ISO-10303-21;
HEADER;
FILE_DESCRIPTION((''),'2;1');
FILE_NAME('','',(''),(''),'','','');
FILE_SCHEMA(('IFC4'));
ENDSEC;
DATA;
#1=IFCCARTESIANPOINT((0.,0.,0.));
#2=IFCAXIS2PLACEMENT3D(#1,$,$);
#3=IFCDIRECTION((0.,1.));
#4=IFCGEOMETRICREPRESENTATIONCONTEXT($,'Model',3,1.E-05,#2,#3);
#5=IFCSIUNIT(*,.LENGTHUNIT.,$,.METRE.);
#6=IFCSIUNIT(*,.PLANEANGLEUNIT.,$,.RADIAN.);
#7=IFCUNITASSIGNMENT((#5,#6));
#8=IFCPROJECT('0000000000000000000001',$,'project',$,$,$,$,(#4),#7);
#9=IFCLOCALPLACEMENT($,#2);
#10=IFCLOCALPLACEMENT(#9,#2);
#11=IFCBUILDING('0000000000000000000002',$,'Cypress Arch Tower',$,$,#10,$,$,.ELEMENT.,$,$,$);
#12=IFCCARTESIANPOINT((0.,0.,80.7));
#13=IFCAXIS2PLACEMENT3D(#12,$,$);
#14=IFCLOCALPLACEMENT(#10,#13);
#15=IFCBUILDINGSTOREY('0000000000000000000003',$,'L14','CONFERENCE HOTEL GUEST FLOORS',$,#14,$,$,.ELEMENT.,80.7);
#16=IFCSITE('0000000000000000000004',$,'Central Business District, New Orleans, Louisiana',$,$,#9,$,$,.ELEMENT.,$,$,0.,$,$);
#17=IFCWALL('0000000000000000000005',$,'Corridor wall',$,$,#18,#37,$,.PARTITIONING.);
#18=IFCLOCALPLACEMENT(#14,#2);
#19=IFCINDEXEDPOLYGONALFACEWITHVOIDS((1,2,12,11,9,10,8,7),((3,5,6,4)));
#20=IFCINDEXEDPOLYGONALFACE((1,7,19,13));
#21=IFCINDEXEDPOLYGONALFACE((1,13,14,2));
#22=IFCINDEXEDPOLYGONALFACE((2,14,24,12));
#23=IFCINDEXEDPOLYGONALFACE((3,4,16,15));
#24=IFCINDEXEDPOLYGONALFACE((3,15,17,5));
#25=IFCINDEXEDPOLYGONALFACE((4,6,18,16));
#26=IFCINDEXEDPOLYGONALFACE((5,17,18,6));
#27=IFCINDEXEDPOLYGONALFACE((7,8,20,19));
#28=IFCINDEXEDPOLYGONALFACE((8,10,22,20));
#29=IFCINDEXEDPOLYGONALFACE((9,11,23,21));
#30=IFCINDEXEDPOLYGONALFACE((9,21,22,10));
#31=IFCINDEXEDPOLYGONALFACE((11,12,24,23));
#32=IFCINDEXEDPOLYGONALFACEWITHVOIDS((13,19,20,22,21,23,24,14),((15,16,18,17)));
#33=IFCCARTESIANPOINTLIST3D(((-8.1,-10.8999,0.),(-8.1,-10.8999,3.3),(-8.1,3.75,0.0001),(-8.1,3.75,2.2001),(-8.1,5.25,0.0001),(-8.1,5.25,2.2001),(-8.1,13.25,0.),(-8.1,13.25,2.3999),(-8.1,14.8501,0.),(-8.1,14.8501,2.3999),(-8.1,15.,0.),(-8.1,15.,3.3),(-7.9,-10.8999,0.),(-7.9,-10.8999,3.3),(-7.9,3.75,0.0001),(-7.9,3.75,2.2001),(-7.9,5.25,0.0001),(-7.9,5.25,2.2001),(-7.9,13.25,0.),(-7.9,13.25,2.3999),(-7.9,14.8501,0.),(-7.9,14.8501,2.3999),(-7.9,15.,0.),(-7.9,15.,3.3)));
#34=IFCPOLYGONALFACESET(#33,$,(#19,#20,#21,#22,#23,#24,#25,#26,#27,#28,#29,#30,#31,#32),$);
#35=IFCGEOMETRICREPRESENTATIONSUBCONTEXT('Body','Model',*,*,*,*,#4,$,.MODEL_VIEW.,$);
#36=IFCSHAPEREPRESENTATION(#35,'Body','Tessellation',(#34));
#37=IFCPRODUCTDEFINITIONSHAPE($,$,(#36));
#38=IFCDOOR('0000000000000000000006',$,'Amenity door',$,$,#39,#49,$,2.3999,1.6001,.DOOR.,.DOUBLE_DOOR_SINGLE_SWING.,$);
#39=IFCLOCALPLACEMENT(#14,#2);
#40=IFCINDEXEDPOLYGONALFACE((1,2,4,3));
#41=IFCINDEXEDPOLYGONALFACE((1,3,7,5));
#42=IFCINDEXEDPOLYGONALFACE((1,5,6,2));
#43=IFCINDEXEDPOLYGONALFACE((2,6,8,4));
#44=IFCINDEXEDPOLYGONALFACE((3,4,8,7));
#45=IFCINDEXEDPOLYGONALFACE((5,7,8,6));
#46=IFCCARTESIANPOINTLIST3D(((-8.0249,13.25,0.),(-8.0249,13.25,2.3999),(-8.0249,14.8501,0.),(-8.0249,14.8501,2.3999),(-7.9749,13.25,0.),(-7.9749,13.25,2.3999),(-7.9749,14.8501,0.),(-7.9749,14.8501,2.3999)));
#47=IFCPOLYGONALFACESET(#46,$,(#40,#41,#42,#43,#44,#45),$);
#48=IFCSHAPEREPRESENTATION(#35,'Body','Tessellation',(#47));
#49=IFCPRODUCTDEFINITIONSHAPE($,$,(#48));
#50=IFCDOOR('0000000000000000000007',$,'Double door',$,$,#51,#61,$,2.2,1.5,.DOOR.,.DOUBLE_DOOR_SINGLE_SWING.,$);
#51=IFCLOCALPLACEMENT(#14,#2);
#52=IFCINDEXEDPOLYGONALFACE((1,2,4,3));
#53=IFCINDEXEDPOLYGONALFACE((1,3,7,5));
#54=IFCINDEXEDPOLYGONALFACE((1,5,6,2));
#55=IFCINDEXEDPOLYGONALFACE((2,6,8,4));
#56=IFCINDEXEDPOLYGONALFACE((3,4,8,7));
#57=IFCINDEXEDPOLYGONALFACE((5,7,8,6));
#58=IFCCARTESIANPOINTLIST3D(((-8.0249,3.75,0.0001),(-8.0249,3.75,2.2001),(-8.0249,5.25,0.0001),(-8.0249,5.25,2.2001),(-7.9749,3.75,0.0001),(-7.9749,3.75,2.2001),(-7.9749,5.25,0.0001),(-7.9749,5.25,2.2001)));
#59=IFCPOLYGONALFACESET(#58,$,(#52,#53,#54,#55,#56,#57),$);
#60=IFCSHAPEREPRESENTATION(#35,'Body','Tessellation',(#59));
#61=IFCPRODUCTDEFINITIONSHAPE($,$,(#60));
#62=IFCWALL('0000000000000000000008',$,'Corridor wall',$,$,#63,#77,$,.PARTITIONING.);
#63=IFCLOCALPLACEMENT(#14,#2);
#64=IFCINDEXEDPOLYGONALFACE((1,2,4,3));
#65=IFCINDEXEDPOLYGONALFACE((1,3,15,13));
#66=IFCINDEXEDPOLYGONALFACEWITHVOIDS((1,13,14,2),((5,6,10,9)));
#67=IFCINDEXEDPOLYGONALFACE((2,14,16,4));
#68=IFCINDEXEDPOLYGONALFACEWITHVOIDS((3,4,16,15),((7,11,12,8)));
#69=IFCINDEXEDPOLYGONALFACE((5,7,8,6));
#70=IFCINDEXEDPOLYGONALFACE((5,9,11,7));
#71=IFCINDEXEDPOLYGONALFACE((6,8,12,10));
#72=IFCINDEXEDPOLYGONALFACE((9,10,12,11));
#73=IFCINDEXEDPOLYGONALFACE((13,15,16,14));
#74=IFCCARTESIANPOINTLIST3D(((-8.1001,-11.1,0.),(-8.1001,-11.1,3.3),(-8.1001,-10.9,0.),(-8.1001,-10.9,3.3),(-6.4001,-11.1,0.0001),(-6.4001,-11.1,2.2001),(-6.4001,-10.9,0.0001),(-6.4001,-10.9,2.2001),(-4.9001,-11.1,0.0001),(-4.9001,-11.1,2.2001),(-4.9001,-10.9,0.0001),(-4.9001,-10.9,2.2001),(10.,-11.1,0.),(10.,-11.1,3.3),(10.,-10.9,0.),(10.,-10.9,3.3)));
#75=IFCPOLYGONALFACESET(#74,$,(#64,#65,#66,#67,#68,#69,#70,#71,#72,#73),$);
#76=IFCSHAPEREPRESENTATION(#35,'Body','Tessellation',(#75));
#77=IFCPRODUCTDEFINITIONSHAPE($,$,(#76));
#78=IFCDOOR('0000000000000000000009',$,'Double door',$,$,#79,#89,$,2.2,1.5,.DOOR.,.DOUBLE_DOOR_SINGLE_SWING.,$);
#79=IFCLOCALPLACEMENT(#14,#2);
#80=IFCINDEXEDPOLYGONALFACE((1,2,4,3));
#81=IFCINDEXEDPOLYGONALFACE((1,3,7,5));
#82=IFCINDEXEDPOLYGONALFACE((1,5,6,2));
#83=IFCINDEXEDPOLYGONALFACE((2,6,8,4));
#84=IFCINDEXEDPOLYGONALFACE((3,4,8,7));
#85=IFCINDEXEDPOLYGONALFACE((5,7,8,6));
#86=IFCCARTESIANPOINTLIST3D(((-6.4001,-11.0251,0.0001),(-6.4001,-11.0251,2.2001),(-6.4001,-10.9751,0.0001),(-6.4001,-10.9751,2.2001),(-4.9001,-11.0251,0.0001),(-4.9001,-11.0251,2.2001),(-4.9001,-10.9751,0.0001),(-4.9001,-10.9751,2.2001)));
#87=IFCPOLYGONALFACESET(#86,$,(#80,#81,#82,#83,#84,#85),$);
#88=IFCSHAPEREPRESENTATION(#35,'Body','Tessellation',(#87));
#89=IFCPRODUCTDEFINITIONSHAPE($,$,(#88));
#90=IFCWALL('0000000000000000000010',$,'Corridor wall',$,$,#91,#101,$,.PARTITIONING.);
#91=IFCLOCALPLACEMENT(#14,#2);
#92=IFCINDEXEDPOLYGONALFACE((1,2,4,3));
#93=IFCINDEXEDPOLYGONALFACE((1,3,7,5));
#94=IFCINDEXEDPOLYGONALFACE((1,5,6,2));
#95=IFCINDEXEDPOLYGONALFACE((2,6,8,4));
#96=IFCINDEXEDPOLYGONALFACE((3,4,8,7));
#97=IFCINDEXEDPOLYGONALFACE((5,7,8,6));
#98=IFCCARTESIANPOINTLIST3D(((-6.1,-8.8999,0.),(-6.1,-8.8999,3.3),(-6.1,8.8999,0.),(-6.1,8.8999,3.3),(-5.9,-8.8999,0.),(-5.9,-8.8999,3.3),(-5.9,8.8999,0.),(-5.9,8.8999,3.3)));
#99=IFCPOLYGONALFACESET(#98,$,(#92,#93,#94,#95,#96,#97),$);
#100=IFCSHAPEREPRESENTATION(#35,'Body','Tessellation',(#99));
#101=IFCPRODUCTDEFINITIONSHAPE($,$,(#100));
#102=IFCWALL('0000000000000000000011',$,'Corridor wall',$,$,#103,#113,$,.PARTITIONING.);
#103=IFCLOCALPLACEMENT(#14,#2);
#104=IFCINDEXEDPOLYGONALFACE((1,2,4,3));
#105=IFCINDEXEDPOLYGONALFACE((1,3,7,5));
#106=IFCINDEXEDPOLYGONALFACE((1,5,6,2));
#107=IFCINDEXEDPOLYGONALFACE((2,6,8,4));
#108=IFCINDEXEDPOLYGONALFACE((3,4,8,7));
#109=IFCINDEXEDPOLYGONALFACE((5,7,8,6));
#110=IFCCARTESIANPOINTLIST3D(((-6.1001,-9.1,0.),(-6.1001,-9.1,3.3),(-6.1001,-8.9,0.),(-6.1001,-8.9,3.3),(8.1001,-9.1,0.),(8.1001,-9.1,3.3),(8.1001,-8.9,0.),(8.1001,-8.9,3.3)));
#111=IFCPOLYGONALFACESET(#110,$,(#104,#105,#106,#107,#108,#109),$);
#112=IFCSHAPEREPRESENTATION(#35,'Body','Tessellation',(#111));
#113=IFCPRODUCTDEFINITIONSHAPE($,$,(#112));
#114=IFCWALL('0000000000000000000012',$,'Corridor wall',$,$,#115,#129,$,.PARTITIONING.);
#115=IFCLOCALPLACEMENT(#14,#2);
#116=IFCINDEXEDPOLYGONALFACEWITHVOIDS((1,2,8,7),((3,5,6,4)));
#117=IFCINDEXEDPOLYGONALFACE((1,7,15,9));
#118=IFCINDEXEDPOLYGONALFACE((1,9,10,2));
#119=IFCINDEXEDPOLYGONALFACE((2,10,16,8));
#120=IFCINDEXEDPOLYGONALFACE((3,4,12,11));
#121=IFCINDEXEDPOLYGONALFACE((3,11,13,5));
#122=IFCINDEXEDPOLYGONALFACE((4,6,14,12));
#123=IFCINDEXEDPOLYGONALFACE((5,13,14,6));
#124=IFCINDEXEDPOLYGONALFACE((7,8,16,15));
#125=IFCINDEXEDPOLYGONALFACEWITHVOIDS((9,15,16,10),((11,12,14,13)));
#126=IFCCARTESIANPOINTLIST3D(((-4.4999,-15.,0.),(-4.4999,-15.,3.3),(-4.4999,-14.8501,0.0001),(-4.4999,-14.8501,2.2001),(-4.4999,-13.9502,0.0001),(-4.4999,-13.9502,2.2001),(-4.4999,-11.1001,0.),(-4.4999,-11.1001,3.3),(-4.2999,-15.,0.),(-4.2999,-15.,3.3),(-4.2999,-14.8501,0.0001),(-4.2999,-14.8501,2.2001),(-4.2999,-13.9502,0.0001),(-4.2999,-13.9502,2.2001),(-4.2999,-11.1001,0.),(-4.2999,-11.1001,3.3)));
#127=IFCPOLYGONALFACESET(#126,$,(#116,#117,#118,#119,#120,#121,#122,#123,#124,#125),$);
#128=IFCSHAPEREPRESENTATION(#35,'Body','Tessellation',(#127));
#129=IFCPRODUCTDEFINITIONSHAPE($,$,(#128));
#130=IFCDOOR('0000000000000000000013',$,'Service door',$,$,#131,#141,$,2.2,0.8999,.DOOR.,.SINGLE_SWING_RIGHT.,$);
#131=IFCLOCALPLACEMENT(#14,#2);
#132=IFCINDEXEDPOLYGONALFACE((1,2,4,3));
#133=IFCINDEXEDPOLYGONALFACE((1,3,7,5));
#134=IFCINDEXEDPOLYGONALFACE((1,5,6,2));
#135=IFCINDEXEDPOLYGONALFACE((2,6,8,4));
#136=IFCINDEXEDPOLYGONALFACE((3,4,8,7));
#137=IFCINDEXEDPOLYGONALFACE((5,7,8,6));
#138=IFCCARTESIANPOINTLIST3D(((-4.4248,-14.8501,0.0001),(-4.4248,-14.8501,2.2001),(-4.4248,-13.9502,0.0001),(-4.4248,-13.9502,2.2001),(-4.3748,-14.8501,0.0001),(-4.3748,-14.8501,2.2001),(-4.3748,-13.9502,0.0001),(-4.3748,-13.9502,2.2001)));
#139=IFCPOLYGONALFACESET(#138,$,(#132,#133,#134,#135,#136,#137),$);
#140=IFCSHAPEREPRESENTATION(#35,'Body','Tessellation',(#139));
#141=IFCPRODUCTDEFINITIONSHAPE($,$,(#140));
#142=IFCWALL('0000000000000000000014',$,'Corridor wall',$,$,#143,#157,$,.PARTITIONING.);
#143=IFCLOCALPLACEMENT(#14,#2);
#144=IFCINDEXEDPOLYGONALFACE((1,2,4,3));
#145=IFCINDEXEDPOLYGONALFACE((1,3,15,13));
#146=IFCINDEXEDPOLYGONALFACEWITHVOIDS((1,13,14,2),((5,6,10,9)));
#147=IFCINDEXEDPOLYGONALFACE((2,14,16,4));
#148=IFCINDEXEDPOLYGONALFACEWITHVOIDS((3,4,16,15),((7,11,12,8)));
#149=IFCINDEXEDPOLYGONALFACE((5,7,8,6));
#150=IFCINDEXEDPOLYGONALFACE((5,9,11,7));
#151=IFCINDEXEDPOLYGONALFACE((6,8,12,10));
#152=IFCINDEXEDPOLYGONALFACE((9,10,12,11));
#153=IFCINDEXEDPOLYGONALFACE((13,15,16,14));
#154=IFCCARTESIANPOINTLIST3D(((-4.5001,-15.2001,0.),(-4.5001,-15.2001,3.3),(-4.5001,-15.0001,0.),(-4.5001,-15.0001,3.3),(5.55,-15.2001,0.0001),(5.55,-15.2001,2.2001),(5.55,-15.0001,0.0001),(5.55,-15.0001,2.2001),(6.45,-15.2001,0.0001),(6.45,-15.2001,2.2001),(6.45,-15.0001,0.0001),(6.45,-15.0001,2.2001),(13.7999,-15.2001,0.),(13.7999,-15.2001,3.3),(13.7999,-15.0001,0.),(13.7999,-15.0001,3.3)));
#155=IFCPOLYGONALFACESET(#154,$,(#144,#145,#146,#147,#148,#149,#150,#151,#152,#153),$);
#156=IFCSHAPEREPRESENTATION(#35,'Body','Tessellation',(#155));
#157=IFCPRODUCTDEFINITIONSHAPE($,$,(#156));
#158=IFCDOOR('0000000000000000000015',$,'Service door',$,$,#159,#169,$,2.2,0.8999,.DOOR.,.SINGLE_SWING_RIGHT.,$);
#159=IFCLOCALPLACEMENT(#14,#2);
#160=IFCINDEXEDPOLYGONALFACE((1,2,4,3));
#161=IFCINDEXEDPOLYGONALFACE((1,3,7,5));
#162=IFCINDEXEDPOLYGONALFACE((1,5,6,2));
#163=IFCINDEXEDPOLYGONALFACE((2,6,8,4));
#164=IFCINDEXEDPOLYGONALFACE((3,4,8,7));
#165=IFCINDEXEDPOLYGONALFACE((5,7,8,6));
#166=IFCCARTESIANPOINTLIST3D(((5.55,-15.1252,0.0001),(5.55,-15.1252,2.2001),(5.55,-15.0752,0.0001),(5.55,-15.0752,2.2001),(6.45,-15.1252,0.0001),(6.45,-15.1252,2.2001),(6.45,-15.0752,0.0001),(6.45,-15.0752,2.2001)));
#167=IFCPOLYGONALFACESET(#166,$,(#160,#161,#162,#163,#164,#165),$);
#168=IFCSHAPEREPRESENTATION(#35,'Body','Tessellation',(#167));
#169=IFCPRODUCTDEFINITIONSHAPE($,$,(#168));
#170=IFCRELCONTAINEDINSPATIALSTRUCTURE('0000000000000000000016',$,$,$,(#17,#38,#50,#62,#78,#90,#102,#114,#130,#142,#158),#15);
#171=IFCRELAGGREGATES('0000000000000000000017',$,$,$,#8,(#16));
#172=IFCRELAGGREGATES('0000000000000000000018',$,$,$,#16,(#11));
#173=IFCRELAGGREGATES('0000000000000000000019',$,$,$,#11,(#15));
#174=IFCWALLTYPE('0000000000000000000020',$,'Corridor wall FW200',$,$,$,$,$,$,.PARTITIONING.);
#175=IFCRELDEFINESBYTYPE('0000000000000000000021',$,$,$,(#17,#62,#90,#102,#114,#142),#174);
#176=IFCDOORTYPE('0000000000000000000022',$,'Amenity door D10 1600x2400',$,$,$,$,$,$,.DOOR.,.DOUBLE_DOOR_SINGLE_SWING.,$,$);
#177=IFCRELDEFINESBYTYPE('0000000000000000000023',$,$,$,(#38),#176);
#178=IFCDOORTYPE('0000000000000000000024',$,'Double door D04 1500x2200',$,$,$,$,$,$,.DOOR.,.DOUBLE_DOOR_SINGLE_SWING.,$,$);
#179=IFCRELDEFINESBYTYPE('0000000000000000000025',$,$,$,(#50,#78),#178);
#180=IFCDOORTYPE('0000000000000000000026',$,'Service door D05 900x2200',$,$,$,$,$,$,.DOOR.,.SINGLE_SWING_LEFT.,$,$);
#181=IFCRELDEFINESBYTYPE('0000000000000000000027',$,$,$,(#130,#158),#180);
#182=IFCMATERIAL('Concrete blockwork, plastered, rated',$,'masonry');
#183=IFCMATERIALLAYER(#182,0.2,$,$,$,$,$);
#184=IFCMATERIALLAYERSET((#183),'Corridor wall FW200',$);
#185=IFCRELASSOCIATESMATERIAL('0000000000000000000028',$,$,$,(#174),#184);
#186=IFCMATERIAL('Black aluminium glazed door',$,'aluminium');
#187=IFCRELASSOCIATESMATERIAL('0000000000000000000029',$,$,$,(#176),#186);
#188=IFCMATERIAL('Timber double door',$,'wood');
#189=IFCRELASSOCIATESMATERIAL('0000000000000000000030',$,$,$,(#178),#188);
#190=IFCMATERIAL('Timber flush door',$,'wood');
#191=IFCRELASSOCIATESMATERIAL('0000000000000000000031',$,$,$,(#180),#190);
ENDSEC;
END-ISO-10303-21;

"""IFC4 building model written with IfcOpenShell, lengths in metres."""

from ifc_helpers import new_model, si_unit, direction, frame, frame_2d, origin, place, context, subcontext, project, spatial, rectangle, extrude, material, layer, layer_set, type_object, element, fill, save


model = new_model("IFC4")

# Units and contexts
model_context = context("Model", 3, precision=1e-05, world=origin(), true_north=direction((0.0, 1.0)))
body_context = subcontext(model_context, "Body", "Model", "MODEL_VIEW")
ifc_project = project(units=[si_unit("LENGTHUNIT", "METRE"), si_unit("PLANEANGLEUNIT", "RADIAN")], contexts=[model_context])

# Site, building, storey
site_placement = place(None, origin())
site = spatial("IfcSite", under=ifc_project, at=site_placement, Name="Central Business District, New Orleans, Louisiana", CompositionType="ELEMENT", RefElevation=0.0)
building_placement = place(site_placement, origin())
building = spatial("IfcBuilding", under=site, at=building_placement, Name="Cypress Arch Tower", CompositionType="ELEMENT")
storey_placement = place(building_placement, frame((0.0, 0.0, 80.7)))
storey = spatial("IfcBuildingStorey", under=building, at=storey_placement, Name="L14", Description="CONFERENCE HOTEL GUEST FLOORS", CompositionType="ELEMENT", Elevation=80.7)

# Wall, openings, doors
ifc_material_1 = material(Name="Concrete blockwork, plastered, rated", Category="masonry")
ifc_layer = layer(ifc_material_1, 0.2)
ifc_layer_set = layer_set([ifc_layer], Name="Corridor wall FW200")
wall_type = type_object("IfcWallType", Name="Corridor wall FW200", PredefinedType="PARTITIONING", material=ifc_layer_set)
wall_1_placement = place(storey_placement, frame((-8.0, -10.8999, 0.0), z_axis=(0.0, 0.0, 1.0), x_axis=(0.0, 1.0, 0.0)))
wall_1 = element("IfcWall", 1, at=wall_1_placement, inside=storey, type_object=wall_type, Name="Corridor wall", PredefinedType="PARTITIONING", context=body_context, shape_type="SweptSolid", body=[
    extrude(rectangle(XDim=25.8999, YDim=0.2, at=frame_2d((12.95, 0.0))), origin(), (0.0, 0.0, 1.0), 3.3),
])
opening_1_placement = place(wall_1_placement, frame((14.6499, 0.0, 0.0)))
opening_1 = element("IfcOpeningElement", 2, at=opening_1_placement, cuts=wall_1, PredefinedType="OPENING", context=body_context, shape_type="SweptSolid", body=[
    extrude(rectangle(XDim=1.5, YDim=2.2, at=frame_2d((0.75, 1.1001))), frame((0.0, 0.1099, 0.0), z_axis=(0.0, -1.0, 0.0), x_axis=(1.0, 0.0, 0.0)), (0.0, 0.0, 1.0), 0.22),
])
opening_2_placement = place(wall_1_placement, frame((24.1499, 0.0, 0.0)))
opening_2 = element("IfcOpeningElement", 3, at=opening_2_placement, cuts=wall_1, PredefinedType="OPENING", context=body_context, shape_type="SweptSolid", body=[
    extrude(rectangle(XDim=1.6001, YDim=2.3999, at=frame_2d((0.8, 1.2))), frame((0.0, 0.1099, 0.0), z_axis=(0.0, -1.0, 0.0), x_axis=(1.0, 0.0, 0.0)), (0.0, 0.0, 1.0), 0.22),
])
ifc_material_2 = material(Name="Black aluminium glazed door", Category="aluminium")
door_type_1 = type_object("IfcDoorType", Name="Amenity door D10 1600x2400", OperationType="DOUBLE_DOOR_SINGLE_SWING", PredefinedType="DOOR", material=ifc_material_2)
door_1_placement = place(opening_2_placement, origin())
door_1 = element("IfcDoor", 4, at=door_1_placement, inside=storey, type_object=door_type_1, Name="Amenity door", OperationType="DOUBLE_DOOR_SINGLE_SWING", OverallHeight=2.3999, OverallWidth=1.6001, PredefinedType="DOOR", context=body_context, shape_type="SweptSolid", body=[
    extrude(rectangle(XDim=1.6001, YDim=2.3999, at=frame_2d((0.8, 1.2))), frame((0.0, 0.0249, 0.0), z_axis=(0.0, -1.0, 0.0), x_axis=(1.0, 0.0, 0.0)), (0.0, 0.0, 1.0), 0.05),
])
fill(opening_2, door_1)
ifc_material_3 = material(Name="Timber double door", Category="wood")
door_type_2 = type_object("IfcDoorType", Name="Double door D04 1500x2200", OperationType="DOUBLE_DOOR_SINGLE_SWING", PredefinedType="DOOR", material=ifc_material_3)
door_2_placement = place(opening_1_placement, origin())
door_2 = element("IfcDoor", 5, at=door_2_placement, inside=storey, type_object=door_type_2, Name="Double door", OperationType="DOUBLE_DOOR_SINGLE_SWING", OverallHeight=2.2, OverallWidth=1.5, PredefinedType="DOOR", context=body_context, shape_type="SweptSolid", body=[
    extrude(rectangle(XDim=1.5, YDim=2.2, at=frame_2d((0.75, 1.1001))), frame((0.0, 0.0249, 0.0), z_axis=(0.0, -1.0, 0.0), x_axis=(1.0, 0.0, 0.0)), (0.0, 0.0, 1.0), 0.05),
])
fill(opening_1, door_2)

# Wall, opening, door
wall_2_placement = place(storey_placement, frame((-8.1001, -11.0, 0.0), z_axis=(0.0, 0.0, 1.0), x_axis=(1.0, 0.0, 0.0)))
wall_2 = element("IfcWall", 6, at=wall_2_placement, inside=storey, type_object=wall_type, Name="Corridor wall", PredefinedType="PARTITIONING", context=body_context, shape_type="SweptSolid", body=[
    extrude(rectangle(XDim=18.1001, YDim=0.2, at=frame_2d((9.05, 0.0))), origin(), (0.0, 0.0, 1.0), 3.3),
])
opening_3_placement = place(wall_2_placement, frame((1.7, 0.0, 0.0)))
opening_3 = element("IfcOpeningElement", 7, at=opening_3_placement, cuts=wall_2, PredefinedType="OPENING", context=body_context, shape_type="SweptSolid", body=[
    extrude(rectangle(XDim=1.5, YDim=2.2, at=frame_2d((0.75, 1.1001))), frame((0.0, 0.1099, 0.0), z_axis=(0.0, -1.0, 0.0), x_axis=(1.0, 0.0, 0.0)), (0.0, 0.0, 1.0), 0.22),
])
door_3_placement = place(opening_3_placement, origin())
door_3 = element("IfcDoor", 8, at=door_3_placement, inside=storey, type_object=door_type_2, Name="Double door", OperationType="DOUBLE_DOOR_SINGLE_SWING", OverallHeight=2.2, OverallWidth=1.5, PredefinedType="DOOR", context=body_context, shape_type="SweptSolid", body=[
    extrude(rectangle(XDim=1.5, YDim=2.2, at=frame_2d((0.75, 1.1001))), frame((0.0, 0.0249, 0.0), z_axis=(0.0, -1.0, 0.0), x_axis=(1.0, 0.0, 0.0)), (0.0, 0.0, 1.0), 0.05),
])
fill(opening_3, door_3)

# Walls
wall_3_placement = place(storey_placement, frame((-6.0, -8.8999, 0.0), z_axis=(0.0, 0.0, 1.0), x_axis=(0.0, 1.0, 0.0)))
element("IfcWall", 9, at=wall_3_placement, inside=storey, type_object=wall_type, Name="Corridor wall", PredefinedType="PARTITIONING", context=body_context, shape_type="SweptSolid", body=[
    extrude(rectangle(XDim=17.7998, YDim=0.2, at=frame_2d((8.8999, 0.0))), origin(), (0.0, 0.0, 1.0), 3.3),
])
wall_4_placement = place(storey_placement, frame((-6.1001, -9.0, 0.0), z_axis=(0.0, 0.0, 1.0), x_axis=(1.0, 0.0, 0.0)))
element("IfcWall", 10, at=wall_4_placement, inside=storey, type_object=wall_type, Name="Corridor wall", PredefinedType="PARTITIONING", context=body_context, shape_type="SweptSolid", body=[
    extrude(rectangle(XDim=14.2002, YDim=0.2, at=frame_2d((7.1001, 0.0))), origin(), (0.0, 0.0, 1.0), 3.3),
])

# Walls, openings, doors
wall_5_placement = place(storey_placement, frame((-4.3999, -15.0, 0.0), z_axis=(0.0, 0.0, 1.0), x_axis=(0.0, 1.0, 0.0)))
wall_5 = element("IfcWall", 11, at=wall_5_placement, inside=storey, type_object=wall_type, Name="Corridor wall", PredefinedType="PARTITIONING", context=body_context, shape_type="SweptSolid", body=[
    extrude(rectangle(XDim=3.8999, YDim=0.2, at=frame_2d((1.95, 0.0))), origin(), (0.0, 0.0, 1.0), 3.3),
])
opening_4_placement = place(wall_5_placement, frame((0.1499, 0.0, 0.0)))
opening_4 = element("IfcOpeningElement", 12, at=opening_4_placement, cuts=wall_5, PredefinedType="OPENING", context=body_context, shape_type="SweptSolid", body=[
    extrude(rectangle(XDim=0.8999, YDim=2.2, at=frame_2d((0.45, 1.1001))), frame((0.0, 0.1099, 0.0), z_axis=(0.0, -1.0, 0.0), x_axis=(1.0, 0.0, 0.0)), (0.0, 0.0, 1.0), 0.22),
])
ifc_material_4 = material(Name="Timber flush door", Category="wood")
door_type_3 = type_object("IfcDoorType", Name="Service door D05 900x2200", OperationType="SINGLE_SWING_LEFT", PredefinedType="DOOR", material=ifc_material_4)
door_4_placement = place(opening_4_placement, origin())
door_4 = element("IfcDoor", 13, at=door_4_placement, inside=storey, type_object=door_type_3, Name="Service door", OperationType="SINGLE_SWING_RIGHT", OverallHeight=2.2, OverallWidth=0.8999, PredefinedType="DOOR", context=body_context, shape_type="SweptSolid", body=[
    extrude(rectangle(XDim=0.8999, YDim=2.2, at=frame_2d((0.45, 1.1001))), frame((0.0, 0.0249, 0.0), z_axis=(0.0, -1.0, 0.0), x_axis=(1.0, 0.0, 0.0)), (0.0, 0.0, 1.0), 0.05),
])
fill(opening_4, door_4)
wall_6_placement = place(storey_placement, frame((-4.5, -15.1001, 0.0), z_axis=(0.0, 0.0, 1.0), x_axis=(1.0, 0.0, 0.0)))
wall_6 = element("IfcWall", 14, at=wall_6_placement, inside=storey, type_object=wall_type, Name="Corridor wall", PredefinedType="PARTITIONING", context=body_context, shape_type="SweptSolid", body=[
    extrude(rectangle(XDim=18.3, YDim=0.2, at=frame_2d((9.1499, 0.0))), origin(), (0.0, 0.0, 1.0), 3.3),
])
opening_5_placement = place(wall_6_placement, frame((10.05, 0.0, 0.0)))
opening_5 = element("IfcOpeningElement", 15, at=opening_5_placement, cuts=wall_6, PredefinedType="OPENING", context=body_context, shape_type="SweptSolid", body=[
    extrude(rectangle(XDim=0.8999, YDim=2.2, at=frame_2d((0.45, 1.1001))), frame((0.0, 0.1099, 0.0), z_axis=(0.0, -1.0, 0.0), x_axis=(1.0, 0.0, 0.0)), (0.0, 0.0, 1.0), 0.22),
])
door_5_placement = place(opening_5_placement, origin())
door_5 = element("IfcDoor", 16, at=door_5_placement, inside=storey, type_object=door_type_3, Name="Service door", OperationType="SINGLE_SWING_RIGHT", OverallHeight=2.2, OverallWidth=0.8999, PredefinedType="DOOR", context=body_context, shape_type="SweptSolid", body=[
    extrude(rectangle(XDim=0.8999, YDim=2.2, at=frame_2d((0.45, 1.1001))), frame((0.0, 0.0249, 0.0), z_axis=(0.0, -1.0, 0.0), x_axis=(1.0, 0.0, 0.0)), (0.0, 0.0, 1.0), 0.05),
])
fill(opening_5, door_5)

save(model, "model.ifc")
